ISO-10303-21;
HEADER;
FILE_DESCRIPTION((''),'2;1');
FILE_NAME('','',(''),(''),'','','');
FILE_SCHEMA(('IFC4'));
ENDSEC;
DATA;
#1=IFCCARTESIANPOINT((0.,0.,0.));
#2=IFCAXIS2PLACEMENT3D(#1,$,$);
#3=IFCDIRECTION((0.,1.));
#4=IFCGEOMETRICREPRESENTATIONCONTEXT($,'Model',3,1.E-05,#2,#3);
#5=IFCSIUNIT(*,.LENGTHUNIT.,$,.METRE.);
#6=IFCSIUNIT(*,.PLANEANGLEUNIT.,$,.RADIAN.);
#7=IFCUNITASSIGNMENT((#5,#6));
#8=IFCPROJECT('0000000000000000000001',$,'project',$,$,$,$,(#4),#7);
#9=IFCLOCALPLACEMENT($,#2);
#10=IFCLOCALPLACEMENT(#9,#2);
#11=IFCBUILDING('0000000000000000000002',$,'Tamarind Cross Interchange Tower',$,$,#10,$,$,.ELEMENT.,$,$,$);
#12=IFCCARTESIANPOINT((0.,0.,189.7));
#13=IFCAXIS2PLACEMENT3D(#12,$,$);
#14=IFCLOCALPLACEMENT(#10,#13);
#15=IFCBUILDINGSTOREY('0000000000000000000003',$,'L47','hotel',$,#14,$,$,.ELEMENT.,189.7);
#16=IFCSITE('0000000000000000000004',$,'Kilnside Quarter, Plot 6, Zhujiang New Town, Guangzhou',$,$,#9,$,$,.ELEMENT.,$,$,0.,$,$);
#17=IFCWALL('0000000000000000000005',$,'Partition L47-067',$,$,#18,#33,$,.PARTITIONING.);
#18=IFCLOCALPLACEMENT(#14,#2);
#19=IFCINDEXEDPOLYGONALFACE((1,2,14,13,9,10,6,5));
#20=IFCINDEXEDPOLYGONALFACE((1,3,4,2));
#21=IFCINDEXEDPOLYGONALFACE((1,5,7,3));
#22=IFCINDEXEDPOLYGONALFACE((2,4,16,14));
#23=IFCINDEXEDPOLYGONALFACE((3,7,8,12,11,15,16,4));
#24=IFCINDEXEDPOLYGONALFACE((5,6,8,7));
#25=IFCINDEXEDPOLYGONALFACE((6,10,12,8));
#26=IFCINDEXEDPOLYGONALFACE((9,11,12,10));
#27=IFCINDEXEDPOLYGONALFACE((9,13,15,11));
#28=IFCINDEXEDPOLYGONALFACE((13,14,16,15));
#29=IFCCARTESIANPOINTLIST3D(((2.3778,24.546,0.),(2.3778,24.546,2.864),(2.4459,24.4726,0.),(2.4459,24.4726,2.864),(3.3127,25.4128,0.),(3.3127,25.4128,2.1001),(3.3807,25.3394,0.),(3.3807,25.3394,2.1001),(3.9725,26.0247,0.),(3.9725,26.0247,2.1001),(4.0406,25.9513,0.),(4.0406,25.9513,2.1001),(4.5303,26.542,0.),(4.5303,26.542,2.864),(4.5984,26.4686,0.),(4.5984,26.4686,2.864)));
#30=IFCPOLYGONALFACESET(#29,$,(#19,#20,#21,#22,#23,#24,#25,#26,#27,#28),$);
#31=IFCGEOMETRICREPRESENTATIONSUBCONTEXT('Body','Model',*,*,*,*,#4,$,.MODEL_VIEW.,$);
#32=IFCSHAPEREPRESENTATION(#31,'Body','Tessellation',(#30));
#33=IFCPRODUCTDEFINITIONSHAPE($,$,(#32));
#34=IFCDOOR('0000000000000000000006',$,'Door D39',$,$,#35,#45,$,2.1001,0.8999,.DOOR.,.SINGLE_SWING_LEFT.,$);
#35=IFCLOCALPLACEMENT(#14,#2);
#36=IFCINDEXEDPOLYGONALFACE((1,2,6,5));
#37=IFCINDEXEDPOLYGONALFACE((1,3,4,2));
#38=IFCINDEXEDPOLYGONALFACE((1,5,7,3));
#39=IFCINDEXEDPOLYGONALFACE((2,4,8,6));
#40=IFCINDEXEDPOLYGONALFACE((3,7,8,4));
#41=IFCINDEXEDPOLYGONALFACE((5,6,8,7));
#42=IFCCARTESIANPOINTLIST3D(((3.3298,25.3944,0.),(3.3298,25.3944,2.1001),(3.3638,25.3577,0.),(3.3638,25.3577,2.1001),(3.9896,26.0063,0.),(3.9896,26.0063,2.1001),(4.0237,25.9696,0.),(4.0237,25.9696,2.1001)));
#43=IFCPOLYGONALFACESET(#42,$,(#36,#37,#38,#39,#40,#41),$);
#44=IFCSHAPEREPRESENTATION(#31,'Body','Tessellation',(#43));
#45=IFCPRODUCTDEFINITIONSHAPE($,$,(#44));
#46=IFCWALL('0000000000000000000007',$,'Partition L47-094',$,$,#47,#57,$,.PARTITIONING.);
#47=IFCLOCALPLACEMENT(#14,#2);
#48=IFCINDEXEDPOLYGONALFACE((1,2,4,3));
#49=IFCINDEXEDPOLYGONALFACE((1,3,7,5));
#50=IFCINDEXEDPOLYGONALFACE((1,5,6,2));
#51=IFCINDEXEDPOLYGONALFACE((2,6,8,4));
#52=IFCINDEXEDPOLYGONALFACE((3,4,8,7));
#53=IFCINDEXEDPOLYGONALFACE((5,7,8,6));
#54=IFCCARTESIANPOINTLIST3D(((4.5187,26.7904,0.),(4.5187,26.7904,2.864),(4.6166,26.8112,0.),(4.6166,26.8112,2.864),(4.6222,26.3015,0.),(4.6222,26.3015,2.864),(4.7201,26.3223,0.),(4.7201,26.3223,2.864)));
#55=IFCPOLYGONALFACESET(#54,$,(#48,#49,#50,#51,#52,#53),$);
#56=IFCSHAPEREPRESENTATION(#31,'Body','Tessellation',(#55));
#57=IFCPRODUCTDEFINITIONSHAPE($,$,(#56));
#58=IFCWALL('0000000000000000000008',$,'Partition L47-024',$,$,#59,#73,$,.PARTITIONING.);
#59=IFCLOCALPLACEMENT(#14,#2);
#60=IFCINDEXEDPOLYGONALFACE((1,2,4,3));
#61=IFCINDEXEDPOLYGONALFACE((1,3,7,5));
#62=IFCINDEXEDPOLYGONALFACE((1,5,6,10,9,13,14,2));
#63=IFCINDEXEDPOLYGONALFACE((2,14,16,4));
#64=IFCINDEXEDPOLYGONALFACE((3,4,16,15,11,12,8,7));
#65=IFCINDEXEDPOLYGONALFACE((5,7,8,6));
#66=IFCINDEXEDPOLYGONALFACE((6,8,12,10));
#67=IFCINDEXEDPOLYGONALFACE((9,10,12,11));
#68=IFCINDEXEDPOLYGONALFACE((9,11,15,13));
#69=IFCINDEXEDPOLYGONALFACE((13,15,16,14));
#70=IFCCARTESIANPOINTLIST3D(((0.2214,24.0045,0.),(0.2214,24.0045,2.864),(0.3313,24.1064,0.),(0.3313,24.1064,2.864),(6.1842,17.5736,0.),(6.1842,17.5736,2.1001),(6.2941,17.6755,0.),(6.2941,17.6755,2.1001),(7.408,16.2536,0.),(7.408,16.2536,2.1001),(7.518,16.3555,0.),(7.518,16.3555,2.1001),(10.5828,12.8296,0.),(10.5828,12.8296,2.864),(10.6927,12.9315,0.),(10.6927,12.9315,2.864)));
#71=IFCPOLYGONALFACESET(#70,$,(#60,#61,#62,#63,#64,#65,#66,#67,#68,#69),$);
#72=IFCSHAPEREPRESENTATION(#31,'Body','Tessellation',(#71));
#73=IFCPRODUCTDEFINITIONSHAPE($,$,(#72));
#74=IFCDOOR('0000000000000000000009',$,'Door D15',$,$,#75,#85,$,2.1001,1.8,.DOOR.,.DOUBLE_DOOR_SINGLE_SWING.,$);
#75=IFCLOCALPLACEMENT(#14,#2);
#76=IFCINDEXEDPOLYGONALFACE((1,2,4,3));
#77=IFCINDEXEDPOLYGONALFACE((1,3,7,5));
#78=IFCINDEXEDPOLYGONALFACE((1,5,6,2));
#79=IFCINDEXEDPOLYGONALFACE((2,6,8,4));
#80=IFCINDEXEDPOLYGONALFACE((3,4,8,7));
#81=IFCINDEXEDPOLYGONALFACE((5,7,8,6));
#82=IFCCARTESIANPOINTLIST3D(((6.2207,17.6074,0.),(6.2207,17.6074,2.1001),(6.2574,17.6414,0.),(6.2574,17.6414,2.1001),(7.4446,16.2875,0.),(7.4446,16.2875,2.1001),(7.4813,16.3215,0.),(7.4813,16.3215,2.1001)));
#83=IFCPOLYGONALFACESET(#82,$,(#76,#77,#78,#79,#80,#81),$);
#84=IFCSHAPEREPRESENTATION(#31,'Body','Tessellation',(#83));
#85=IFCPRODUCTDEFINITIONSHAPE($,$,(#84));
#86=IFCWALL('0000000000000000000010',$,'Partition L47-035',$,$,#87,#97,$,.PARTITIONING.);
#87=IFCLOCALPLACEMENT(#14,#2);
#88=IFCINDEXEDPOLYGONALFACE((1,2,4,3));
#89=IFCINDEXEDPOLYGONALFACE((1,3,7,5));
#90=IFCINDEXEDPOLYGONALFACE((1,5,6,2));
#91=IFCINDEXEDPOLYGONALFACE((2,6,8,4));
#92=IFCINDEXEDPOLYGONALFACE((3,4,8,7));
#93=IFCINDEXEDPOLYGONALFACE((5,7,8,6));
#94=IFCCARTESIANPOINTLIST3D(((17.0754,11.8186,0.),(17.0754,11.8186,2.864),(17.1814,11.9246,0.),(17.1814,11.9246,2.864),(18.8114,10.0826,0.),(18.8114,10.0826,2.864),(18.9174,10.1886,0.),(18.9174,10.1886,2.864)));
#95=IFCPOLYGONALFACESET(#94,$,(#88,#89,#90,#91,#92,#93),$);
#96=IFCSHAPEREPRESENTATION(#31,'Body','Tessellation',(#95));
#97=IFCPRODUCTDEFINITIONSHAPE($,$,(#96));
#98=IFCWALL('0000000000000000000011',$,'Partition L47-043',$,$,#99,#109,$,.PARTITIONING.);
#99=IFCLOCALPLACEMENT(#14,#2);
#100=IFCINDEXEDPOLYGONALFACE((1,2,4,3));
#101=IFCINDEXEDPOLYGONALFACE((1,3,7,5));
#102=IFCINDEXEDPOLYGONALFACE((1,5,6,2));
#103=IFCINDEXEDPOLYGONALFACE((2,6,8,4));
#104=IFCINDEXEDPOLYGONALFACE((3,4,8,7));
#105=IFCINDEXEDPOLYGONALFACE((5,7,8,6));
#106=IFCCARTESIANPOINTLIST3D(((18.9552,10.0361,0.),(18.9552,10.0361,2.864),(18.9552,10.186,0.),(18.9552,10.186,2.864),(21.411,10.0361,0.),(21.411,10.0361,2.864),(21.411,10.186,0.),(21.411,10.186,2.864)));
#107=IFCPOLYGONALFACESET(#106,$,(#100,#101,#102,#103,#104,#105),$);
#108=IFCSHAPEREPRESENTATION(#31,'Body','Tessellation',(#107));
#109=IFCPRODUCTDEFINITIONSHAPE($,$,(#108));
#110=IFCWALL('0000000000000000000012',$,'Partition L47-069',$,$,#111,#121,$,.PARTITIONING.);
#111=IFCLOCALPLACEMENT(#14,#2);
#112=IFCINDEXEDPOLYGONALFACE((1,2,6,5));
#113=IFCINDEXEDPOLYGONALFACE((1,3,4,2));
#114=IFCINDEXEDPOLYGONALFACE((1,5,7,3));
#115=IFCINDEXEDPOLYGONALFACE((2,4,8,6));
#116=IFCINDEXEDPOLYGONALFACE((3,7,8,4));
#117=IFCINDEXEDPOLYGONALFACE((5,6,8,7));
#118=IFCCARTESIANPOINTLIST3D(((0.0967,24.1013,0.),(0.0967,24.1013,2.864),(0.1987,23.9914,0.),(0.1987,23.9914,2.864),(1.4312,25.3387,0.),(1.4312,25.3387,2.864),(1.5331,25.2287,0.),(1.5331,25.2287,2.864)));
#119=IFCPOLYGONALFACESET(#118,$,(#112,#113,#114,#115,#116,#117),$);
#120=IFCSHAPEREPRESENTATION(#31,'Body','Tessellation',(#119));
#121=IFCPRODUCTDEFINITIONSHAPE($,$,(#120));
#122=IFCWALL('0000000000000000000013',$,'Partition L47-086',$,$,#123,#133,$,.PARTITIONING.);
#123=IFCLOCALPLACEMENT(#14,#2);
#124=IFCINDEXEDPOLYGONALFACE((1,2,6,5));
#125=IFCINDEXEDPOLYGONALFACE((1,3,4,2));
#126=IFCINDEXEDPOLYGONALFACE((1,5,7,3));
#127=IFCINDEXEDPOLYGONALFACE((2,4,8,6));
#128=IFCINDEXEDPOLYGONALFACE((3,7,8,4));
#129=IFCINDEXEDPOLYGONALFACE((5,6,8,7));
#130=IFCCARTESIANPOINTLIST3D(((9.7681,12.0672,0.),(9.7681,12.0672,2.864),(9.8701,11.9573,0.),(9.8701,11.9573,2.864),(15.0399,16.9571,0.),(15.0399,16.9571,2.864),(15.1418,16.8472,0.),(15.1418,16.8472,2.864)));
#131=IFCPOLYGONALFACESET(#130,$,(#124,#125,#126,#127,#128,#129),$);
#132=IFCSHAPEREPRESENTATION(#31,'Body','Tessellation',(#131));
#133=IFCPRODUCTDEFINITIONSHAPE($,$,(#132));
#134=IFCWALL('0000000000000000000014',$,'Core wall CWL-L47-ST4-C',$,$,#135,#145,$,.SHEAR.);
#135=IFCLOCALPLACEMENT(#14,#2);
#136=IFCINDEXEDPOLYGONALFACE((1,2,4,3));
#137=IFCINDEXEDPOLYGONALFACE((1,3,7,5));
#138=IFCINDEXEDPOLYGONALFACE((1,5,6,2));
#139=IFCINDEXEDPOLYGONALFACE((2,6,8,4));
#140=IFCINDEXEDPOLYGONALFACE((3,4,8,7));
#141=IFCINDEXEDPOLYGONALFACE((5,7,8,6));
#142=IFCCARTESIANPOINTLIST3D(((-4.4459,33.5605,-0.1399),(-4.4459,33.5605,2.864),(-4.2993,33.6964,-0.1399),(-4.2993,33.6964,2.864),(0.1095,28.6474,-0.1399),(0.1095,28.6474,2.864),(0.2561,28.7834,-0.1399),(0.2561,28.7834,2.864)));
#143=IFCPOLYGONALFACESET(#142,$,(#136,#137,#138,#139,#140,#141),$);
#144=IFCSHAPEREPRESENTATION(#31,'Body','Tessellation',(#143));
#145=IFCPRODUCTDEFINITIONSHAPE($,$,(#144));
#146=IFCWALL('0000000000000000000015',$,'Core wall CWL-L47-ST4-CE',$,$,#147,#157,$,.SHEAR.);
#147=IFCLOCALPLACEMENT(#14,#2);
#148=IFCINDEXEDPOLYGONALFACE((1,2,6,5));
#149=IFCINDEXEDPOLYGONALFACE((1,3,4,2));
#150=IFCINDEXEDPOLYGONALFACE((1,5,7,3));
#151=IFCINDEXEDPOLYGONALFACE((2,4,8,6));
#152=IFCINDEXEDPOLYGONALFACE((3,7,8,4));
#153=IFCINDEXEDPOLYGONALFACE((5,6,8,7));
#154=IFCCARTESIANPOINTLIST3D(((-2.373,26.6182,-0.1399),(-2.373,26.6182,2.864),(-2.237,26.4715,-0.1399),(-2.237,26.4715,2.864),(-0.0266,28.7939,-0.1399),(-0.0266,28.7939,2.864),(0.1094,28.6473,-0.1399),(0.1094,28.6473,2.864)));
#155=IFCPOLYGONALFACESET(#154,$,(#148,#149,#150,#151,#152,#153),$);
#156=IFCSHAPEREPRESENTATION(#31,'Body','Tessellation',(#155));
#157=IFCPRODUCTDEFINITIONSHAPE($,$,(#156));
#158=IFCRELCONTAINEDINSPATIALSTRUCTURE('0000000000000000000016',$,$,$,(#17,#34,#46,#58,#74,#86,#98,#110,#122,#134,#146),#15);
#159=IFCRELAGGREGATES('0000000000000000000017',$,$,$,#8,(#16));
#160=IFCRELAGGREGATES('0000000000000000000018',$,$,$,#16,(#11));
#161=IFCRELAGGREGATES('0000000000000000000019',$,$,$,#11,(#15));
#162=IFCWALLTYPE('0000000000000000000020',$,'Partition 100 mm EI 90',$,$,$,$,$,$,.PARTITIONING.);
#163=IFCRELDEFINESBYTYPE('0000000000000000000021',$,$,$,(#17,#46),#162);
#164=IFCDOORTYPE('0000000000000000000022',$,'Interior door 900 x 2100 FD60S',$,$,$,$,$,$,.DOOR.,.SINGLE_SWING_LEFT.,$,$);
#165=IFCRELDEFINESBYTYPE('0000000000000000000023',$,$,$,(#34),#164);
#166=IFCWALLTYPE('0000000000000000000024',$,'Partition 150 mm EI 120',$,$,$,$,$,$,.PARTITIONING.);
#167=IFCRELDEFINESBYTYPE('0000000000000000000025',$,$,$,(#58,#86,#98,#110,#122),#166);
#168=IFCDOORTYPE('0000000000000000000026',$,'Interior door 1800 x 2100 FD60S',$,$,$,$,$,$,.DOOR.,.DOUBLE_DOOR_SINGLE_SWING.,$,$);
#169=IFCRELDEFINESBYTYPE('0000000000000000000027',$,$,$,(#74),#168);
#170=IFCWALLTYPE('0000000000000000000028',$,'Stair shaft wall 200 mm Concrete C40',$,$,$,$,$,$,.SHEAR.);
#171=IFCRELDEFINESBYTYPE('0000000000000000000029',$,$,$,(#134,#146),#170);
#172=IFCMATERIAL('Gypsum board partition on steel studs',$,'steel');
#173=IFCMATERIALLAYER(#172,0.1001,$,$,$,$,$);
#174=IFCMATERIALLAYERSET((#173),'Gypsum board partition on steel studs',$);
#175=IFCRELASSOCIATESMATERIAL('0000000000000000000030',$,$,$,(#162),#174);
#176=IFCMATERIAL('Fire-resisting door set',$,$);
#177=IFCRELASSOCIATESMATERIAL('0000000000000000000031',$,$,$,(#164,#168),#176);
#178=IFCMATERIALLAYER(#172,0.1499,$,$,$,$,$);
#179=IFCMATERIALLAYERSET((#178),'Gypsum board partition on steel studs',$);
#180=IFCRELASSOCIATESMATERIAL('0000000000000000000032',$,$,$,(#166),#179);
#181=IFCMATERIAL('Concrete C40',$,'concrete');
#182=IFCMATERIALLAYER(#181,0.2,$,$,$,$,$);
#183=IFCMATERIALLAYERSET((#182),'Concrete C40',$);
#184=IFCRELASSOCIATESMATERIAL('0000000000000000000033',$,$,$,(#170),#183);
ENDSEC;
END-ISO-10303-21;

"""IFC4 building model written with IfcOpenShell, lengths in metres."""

from ifc_helpers import new_model, si_unit, direction, frame, frame_2d, origin, place, context, subcontext, project, spatial, rectangle, extrude, material, layer, layer_set, type_object, element, fill, save


model = new_model("IFC4")

# Units and contexts
model_context = context("Model", 3, precision=1e-05, world=origin(), true_north=direction((0.0, 1.0)))
body_context = subcontext(model_context, "Body", "Model", "MODEL_VIEW")
ifc_project = project(units=[si_unit("LENGTHUNIT", "METRE"), si_unit("PLANEANGLEUNIT", "RADIAN")], contexts=[model_context])

# Site, building, storey
site_placement = place(None, origin())
site = spatial("IfcSite", under=ifc_project, at=site_placement, Name="Kilnside Quarter, Plot 6, Zhujiang New Town, Guangzhou", CompositionType="ELEMENT", RefElevation=0.0)
building_placement = place(site_placement, origin())
building = spatial("IfcBuilding", under=site, at=building_placement, Name="Tamarind Cross Interchange Tower", CompositionType="ELEMENT")
storey_placement = place(building_placement, frame((0.0, 0.0, 189.7)))
storey = spatial("IfcBuildingStorey", under=building, at=storey_placement, Name="L47", Description="hotel", CompositionType="ELEMENT", Elevation=189.7)

# Shared definitions
ifc_material_1 = material(Name="Gypsum board partition on steel studs", Category="steel")
ifc_layer_1 = layer(ifc_material_1, 0.1001)
ifc_layer_set_1 = layer_set([ifc_layer_1], Name="Gypsum board partition on steel studs")
wall_type_1 = type_object("IfcWallType", Name="Partition 100 mm EI 90", PredefinedType="PARTITIONING", material=ifc_layer_set_1)

# Wall, opening, door
wall_1_placement = place(storey_placement, frame((2.4119, 24.5093, 0.0), z_axis=(0.0, 0.0, 1.0), x_axis=(0.733258, 0.67995, 0.0)))
wall_1 = element("IfcWall", 1, at=wall_1_placement, inside=storey, type_object=wall_type_1, Name="Partition L47-067", PredefinedType="PARTITIONING", context=body_context, shape_type="SweptSolid", body=[
    extrude(rectangle(XDim=2.9355, YDim=0.1001, at=frame_2d((1.4678, 0.0))), origin(), (0.0, 0.0, 1.0), 2.864),
])
opening_1_placement = place(wall_1_placement, frame((1.2749, 0.0, 0.0)))
opening_1 = element("IfcOpeningElement", 2, at=opening_1_placement, cuts=wall_1, PredefinedType="OPENING", context=body_context, shape_type="SweptSolid", body=[
    extrude(rectangle(XDim=0.8999, YDim=2.1001, at=frame_2d((0.45, 1.05))), frame((0.0, 0.0601, 0.0), z_axis=(0.0, -1.0, 0.0), x_axis=(1.0, 0.0, 0.0)), (0.0, 0.0, 1.0), 0.1201),
])
ifc_material_2 = material(Name="Fire-resisting door set")
door_type_1 = type_object("IfcDoorType", Name="Interior door 900 x 2100 FD60S", OperationType="SINGLE_SWING_LEFT", PredefinedType="DOOR", material=ifc_material_2)
door_1_placement = place(opening_1_placement, origin())
door_1 = element("IfcDoor", 3, at=door_1_placement, inside=storey, type_object=door_type_1, Name="Door D39", OperationType="SINGLE_SWING_LEFT", OverallHeight=2.1001, OverallWidth=0.8999, PredefinedType="DOOR", context=body_context, shape_type="SweptSolid", body=[
    extrude(rectangle(XDim=0.8999, YDim=2.1001, at=frame_2d((0.45, 1.05))), frame((0.0, 0.0249, 0.0), z_axis=(0.0, -1.0, 0.0), x_axis=(1.0, 0.0, 0.0)), (0.0, 0.0, 1.0), 0.05),
])
fill(opening_1, door_1)

# Wall
wall_2_placement = place(storey_placement, frame((4.6711, 26.3118, 0.0), z_axis=(0.0, 0.0, 1.0), x_axis=(-0.207093, 0.978321, 0.0)))
element("IfcWall", 4, at=wall_2_placement, inside=storey, type_object=wall_type_1, Name="Partition L47-094", PredefinedType="PARTITIONING", context=body_context, shape_type="SweptSolid", body=[
    extrude(rectangle(XDim=0.4998, YDim=0.1001, at=frame_2d((0.25, 0.0))), origin(), (0.0, 0.0, 1.0), 2.864),
])

# Wall, opening, door
ifc_layer_2 = layer(ifc_material_1, 0.1499)
ifc_layer_set_2 = layer_set([ifc_layer_2], Name="Gypsum board partition on steel studs")
wall_type_2 = type_object("IfcWallType", Name="Partition 150 mm EI 120", PredefinedType="PARTITIONING", material=ifc_layer_set_2)
wall_3_placement = place(storey_placement, frame((0.2764, 24.0554, 0.0), z_axis=(0.0, 0.0, 1.0), x_axis=(0.679913, -0.733293, 0.0)))
wall_3 = element("IfcWall", 5, at=wall_3_placement, inside=storey, type_object=wall_type_2, Name="Partition L47-024", PredefinedType="PARTITIONING", context=body_context, shape_type="SweptSolid", body=[
    extrude(rectangle(XDim=15.2393, YDim=0.1499, at=frame_2d((7.6196, 0.0))), origin(), (0.0, 0.0, 1.0), 2.864),
])
opening_2_placement = place(wall_3_placement, frame((8.77, 0.0, 0.0)))
opening_2 = element("IfcOpeningElement", 6, at=opening_2_placement, cuts=wall_3, PredefinedType="OPENING", context=body_context, shape_type="SweptSolid", body=[
    extrude(rectangle(XDim=1.8, YDim=2.1001, at=frame_2d((0.8999, 1.05))), frame((0.0, 0.085, 0.0), z_axis=(0.0, -1.0, 0.0), x_axis=(1.0, 0.0, 0.0)), (0.0, 0.0, 1.0), 0.1699),
])
door_type_2 = type_object("IfcDoorType", Name="Interior door 1800 x 2100 FD60S", OperationType="DOUBLE_DOOR_SINGLE_SWING", PredefinedType="DOOR", material=ifc_material_2)
door_2_placement = place(opening_2_placement, origin())
door_2 = element("IfcDoor", 7, at=door_2_placement, inside=storey, type_object=door_type_2, Name="Door D15", OperationType="DOUBLE_DOOR_SINGLE_SWING", OverallHeight=2.1001, OverallWidth=1.8, PredefinedType="DOOR", context=body_context, shape_type="SweptSolid", body=[
    extrude(rectangle(XDim=1.8, YDim=2.1001, at=frame_2d((0.8999, 1.05))), frame((0.0, 0.0249, 0.0), z_axis=(0.0, -1.0, 0.0), x_axis=(1.0, 0.0, 0.0)), (0.0, 0.0, 1.0), 0.05),
])
fill(opening_2, door_2)

# Walls
wall_4_placement = place(storey_placement, frame((17.1284, 11.8716, 0.0), z_axis=(0.0, 0.0, 1.0), x_axis=(0.707107, -0.707107, 0.0)))
element("IfcWall", 8, at=wall_4_placement, inside=storey, type_object=wall_type_2, Name="Partition L47-035", PredefinedType="PARTITIONING", context=body_context, shape_type="SweptSolid", body=[
    extrude(rectangle(XDim=2.4551, YDim=0.1499, at=frame_2d((1.2275, 0.0))), origin(), (0.0, 0.0, 1.0), 2.864),
])
wall_5_placement = place(storey_placement, frame((18.9551, 10.1111, 0.0), z_axis=(0.0, 0.0, 1.0), x_axis=(1.0, 0.0, 0.0)))
element("IfcWall", 9, at=wall_5_placement, inside=storey, type_object=wall_type_2, Name="Partition L47-043", PredefinedType="PARTITIONING", context=body_context, shape_type="SweptSolid", body=[
    extrude(rectangle(XDim=2.4558, YDim=0.1499, at=frame_2d((1.228, 0.0))), origin(), (0.0, 0.0, 1.0), 2.864),
])
wall_6_placement = place(storey_placement, frame((0.1477, 24.0464, 0.0), z_axis=(0.0, 0.0, 1.0), x_axis=(0.7333, 0.679905, 0.0)))
element("IfcWall", 10, at=wall_6_placement, inside=storey, type_object=wall_type_2, Name="Partition L47-069", PredefinedType="PARTITIONING", context=body_context, shape_type="SweptSolid", body=[
    extrude(rectangle(XDim=1.8198, YDim=0.1499, at=frame_2d((0.9099, 0.0))), origin(), (0.0, 0.0, 1.0), 2.864),
])
wall_7_placement = place(storey_placement, frame((9.8191, 12.0122, 0.0), z_axis=(0.0, 0.0, 1.0), x_axis=(0.73316, 0.680056, 0.0)))
element("IfcWall", 11, at=wall_7_placement, inside=storey, type_object=wall_type_2, Name="Partition L47-086", PredefinedType="PARTITIONING", context=body_context, shape_type="SweptSolid", body=[
    extrude(rectangle(XDim=7.1904, YDim=0.1499, at=frame_2d((3.5952, 0.0))), origin(), (0.0, 0.0, 1.0), 2.864),
])
ifc_material_3 = material(Name="Concrete C40", Category="concrete")
ifc_layer_3 = layer(ifc_material_3, 0.2)
ifc_layer_set_3 = layer_set([ifc_layer_3], Name="Concrete C40")
wall_type_3 = type_object("IfcWallType", Name="Stair shaft wall 200 mm Concrete C40", PredefinedType="SHEAR", material=ifc_layer_set_3)
wall_8_placement = place(storey_placement, frame((0.1829, 28.7153, -0.1399), z_axis=(0.0, 0.0, 1.0), x_axis=(-0.679911, 0.733294, 0.0)))
element("IfcWall", 12, at=wall_8_placement, inside=storey, type_object=wall_type_3, Name="Core wall CWL-L47-ST4-C", PredefinedType="SHEAR", context=body_context, shape_type="SweptSolid", body=[
    extrude(rectangle(XDim=6.7, YDim=0.2, at=frame_2d((3.3501, 0.0))), origin(), (0.0, 0.0, 1.0), 3.0039),
])
wall_9_placement = place(storey_placement, frame((0.0415, 28.7207, -0.1399), z_axis=(0.0, 0.0, 1.0), x_axis=(-0.733269, -0.679939, 0.0)))
element("IfcWall", 13, at=wall_9_placement, inside=storey, type_object=wall_type_3, Name="Core wall CWL-L47-ST4-CE", PredefinedType="SHEAR", context=body_context, shape_type="SweptSolid", body=[
    extrude(rectangle(XDim=3.2, YDim=0.2, at=frame_2d((1.6001, 0.0))), origin(), (0.0, 0.0, 1.0), 3.0039),
])

save(model, "model.ifc")
